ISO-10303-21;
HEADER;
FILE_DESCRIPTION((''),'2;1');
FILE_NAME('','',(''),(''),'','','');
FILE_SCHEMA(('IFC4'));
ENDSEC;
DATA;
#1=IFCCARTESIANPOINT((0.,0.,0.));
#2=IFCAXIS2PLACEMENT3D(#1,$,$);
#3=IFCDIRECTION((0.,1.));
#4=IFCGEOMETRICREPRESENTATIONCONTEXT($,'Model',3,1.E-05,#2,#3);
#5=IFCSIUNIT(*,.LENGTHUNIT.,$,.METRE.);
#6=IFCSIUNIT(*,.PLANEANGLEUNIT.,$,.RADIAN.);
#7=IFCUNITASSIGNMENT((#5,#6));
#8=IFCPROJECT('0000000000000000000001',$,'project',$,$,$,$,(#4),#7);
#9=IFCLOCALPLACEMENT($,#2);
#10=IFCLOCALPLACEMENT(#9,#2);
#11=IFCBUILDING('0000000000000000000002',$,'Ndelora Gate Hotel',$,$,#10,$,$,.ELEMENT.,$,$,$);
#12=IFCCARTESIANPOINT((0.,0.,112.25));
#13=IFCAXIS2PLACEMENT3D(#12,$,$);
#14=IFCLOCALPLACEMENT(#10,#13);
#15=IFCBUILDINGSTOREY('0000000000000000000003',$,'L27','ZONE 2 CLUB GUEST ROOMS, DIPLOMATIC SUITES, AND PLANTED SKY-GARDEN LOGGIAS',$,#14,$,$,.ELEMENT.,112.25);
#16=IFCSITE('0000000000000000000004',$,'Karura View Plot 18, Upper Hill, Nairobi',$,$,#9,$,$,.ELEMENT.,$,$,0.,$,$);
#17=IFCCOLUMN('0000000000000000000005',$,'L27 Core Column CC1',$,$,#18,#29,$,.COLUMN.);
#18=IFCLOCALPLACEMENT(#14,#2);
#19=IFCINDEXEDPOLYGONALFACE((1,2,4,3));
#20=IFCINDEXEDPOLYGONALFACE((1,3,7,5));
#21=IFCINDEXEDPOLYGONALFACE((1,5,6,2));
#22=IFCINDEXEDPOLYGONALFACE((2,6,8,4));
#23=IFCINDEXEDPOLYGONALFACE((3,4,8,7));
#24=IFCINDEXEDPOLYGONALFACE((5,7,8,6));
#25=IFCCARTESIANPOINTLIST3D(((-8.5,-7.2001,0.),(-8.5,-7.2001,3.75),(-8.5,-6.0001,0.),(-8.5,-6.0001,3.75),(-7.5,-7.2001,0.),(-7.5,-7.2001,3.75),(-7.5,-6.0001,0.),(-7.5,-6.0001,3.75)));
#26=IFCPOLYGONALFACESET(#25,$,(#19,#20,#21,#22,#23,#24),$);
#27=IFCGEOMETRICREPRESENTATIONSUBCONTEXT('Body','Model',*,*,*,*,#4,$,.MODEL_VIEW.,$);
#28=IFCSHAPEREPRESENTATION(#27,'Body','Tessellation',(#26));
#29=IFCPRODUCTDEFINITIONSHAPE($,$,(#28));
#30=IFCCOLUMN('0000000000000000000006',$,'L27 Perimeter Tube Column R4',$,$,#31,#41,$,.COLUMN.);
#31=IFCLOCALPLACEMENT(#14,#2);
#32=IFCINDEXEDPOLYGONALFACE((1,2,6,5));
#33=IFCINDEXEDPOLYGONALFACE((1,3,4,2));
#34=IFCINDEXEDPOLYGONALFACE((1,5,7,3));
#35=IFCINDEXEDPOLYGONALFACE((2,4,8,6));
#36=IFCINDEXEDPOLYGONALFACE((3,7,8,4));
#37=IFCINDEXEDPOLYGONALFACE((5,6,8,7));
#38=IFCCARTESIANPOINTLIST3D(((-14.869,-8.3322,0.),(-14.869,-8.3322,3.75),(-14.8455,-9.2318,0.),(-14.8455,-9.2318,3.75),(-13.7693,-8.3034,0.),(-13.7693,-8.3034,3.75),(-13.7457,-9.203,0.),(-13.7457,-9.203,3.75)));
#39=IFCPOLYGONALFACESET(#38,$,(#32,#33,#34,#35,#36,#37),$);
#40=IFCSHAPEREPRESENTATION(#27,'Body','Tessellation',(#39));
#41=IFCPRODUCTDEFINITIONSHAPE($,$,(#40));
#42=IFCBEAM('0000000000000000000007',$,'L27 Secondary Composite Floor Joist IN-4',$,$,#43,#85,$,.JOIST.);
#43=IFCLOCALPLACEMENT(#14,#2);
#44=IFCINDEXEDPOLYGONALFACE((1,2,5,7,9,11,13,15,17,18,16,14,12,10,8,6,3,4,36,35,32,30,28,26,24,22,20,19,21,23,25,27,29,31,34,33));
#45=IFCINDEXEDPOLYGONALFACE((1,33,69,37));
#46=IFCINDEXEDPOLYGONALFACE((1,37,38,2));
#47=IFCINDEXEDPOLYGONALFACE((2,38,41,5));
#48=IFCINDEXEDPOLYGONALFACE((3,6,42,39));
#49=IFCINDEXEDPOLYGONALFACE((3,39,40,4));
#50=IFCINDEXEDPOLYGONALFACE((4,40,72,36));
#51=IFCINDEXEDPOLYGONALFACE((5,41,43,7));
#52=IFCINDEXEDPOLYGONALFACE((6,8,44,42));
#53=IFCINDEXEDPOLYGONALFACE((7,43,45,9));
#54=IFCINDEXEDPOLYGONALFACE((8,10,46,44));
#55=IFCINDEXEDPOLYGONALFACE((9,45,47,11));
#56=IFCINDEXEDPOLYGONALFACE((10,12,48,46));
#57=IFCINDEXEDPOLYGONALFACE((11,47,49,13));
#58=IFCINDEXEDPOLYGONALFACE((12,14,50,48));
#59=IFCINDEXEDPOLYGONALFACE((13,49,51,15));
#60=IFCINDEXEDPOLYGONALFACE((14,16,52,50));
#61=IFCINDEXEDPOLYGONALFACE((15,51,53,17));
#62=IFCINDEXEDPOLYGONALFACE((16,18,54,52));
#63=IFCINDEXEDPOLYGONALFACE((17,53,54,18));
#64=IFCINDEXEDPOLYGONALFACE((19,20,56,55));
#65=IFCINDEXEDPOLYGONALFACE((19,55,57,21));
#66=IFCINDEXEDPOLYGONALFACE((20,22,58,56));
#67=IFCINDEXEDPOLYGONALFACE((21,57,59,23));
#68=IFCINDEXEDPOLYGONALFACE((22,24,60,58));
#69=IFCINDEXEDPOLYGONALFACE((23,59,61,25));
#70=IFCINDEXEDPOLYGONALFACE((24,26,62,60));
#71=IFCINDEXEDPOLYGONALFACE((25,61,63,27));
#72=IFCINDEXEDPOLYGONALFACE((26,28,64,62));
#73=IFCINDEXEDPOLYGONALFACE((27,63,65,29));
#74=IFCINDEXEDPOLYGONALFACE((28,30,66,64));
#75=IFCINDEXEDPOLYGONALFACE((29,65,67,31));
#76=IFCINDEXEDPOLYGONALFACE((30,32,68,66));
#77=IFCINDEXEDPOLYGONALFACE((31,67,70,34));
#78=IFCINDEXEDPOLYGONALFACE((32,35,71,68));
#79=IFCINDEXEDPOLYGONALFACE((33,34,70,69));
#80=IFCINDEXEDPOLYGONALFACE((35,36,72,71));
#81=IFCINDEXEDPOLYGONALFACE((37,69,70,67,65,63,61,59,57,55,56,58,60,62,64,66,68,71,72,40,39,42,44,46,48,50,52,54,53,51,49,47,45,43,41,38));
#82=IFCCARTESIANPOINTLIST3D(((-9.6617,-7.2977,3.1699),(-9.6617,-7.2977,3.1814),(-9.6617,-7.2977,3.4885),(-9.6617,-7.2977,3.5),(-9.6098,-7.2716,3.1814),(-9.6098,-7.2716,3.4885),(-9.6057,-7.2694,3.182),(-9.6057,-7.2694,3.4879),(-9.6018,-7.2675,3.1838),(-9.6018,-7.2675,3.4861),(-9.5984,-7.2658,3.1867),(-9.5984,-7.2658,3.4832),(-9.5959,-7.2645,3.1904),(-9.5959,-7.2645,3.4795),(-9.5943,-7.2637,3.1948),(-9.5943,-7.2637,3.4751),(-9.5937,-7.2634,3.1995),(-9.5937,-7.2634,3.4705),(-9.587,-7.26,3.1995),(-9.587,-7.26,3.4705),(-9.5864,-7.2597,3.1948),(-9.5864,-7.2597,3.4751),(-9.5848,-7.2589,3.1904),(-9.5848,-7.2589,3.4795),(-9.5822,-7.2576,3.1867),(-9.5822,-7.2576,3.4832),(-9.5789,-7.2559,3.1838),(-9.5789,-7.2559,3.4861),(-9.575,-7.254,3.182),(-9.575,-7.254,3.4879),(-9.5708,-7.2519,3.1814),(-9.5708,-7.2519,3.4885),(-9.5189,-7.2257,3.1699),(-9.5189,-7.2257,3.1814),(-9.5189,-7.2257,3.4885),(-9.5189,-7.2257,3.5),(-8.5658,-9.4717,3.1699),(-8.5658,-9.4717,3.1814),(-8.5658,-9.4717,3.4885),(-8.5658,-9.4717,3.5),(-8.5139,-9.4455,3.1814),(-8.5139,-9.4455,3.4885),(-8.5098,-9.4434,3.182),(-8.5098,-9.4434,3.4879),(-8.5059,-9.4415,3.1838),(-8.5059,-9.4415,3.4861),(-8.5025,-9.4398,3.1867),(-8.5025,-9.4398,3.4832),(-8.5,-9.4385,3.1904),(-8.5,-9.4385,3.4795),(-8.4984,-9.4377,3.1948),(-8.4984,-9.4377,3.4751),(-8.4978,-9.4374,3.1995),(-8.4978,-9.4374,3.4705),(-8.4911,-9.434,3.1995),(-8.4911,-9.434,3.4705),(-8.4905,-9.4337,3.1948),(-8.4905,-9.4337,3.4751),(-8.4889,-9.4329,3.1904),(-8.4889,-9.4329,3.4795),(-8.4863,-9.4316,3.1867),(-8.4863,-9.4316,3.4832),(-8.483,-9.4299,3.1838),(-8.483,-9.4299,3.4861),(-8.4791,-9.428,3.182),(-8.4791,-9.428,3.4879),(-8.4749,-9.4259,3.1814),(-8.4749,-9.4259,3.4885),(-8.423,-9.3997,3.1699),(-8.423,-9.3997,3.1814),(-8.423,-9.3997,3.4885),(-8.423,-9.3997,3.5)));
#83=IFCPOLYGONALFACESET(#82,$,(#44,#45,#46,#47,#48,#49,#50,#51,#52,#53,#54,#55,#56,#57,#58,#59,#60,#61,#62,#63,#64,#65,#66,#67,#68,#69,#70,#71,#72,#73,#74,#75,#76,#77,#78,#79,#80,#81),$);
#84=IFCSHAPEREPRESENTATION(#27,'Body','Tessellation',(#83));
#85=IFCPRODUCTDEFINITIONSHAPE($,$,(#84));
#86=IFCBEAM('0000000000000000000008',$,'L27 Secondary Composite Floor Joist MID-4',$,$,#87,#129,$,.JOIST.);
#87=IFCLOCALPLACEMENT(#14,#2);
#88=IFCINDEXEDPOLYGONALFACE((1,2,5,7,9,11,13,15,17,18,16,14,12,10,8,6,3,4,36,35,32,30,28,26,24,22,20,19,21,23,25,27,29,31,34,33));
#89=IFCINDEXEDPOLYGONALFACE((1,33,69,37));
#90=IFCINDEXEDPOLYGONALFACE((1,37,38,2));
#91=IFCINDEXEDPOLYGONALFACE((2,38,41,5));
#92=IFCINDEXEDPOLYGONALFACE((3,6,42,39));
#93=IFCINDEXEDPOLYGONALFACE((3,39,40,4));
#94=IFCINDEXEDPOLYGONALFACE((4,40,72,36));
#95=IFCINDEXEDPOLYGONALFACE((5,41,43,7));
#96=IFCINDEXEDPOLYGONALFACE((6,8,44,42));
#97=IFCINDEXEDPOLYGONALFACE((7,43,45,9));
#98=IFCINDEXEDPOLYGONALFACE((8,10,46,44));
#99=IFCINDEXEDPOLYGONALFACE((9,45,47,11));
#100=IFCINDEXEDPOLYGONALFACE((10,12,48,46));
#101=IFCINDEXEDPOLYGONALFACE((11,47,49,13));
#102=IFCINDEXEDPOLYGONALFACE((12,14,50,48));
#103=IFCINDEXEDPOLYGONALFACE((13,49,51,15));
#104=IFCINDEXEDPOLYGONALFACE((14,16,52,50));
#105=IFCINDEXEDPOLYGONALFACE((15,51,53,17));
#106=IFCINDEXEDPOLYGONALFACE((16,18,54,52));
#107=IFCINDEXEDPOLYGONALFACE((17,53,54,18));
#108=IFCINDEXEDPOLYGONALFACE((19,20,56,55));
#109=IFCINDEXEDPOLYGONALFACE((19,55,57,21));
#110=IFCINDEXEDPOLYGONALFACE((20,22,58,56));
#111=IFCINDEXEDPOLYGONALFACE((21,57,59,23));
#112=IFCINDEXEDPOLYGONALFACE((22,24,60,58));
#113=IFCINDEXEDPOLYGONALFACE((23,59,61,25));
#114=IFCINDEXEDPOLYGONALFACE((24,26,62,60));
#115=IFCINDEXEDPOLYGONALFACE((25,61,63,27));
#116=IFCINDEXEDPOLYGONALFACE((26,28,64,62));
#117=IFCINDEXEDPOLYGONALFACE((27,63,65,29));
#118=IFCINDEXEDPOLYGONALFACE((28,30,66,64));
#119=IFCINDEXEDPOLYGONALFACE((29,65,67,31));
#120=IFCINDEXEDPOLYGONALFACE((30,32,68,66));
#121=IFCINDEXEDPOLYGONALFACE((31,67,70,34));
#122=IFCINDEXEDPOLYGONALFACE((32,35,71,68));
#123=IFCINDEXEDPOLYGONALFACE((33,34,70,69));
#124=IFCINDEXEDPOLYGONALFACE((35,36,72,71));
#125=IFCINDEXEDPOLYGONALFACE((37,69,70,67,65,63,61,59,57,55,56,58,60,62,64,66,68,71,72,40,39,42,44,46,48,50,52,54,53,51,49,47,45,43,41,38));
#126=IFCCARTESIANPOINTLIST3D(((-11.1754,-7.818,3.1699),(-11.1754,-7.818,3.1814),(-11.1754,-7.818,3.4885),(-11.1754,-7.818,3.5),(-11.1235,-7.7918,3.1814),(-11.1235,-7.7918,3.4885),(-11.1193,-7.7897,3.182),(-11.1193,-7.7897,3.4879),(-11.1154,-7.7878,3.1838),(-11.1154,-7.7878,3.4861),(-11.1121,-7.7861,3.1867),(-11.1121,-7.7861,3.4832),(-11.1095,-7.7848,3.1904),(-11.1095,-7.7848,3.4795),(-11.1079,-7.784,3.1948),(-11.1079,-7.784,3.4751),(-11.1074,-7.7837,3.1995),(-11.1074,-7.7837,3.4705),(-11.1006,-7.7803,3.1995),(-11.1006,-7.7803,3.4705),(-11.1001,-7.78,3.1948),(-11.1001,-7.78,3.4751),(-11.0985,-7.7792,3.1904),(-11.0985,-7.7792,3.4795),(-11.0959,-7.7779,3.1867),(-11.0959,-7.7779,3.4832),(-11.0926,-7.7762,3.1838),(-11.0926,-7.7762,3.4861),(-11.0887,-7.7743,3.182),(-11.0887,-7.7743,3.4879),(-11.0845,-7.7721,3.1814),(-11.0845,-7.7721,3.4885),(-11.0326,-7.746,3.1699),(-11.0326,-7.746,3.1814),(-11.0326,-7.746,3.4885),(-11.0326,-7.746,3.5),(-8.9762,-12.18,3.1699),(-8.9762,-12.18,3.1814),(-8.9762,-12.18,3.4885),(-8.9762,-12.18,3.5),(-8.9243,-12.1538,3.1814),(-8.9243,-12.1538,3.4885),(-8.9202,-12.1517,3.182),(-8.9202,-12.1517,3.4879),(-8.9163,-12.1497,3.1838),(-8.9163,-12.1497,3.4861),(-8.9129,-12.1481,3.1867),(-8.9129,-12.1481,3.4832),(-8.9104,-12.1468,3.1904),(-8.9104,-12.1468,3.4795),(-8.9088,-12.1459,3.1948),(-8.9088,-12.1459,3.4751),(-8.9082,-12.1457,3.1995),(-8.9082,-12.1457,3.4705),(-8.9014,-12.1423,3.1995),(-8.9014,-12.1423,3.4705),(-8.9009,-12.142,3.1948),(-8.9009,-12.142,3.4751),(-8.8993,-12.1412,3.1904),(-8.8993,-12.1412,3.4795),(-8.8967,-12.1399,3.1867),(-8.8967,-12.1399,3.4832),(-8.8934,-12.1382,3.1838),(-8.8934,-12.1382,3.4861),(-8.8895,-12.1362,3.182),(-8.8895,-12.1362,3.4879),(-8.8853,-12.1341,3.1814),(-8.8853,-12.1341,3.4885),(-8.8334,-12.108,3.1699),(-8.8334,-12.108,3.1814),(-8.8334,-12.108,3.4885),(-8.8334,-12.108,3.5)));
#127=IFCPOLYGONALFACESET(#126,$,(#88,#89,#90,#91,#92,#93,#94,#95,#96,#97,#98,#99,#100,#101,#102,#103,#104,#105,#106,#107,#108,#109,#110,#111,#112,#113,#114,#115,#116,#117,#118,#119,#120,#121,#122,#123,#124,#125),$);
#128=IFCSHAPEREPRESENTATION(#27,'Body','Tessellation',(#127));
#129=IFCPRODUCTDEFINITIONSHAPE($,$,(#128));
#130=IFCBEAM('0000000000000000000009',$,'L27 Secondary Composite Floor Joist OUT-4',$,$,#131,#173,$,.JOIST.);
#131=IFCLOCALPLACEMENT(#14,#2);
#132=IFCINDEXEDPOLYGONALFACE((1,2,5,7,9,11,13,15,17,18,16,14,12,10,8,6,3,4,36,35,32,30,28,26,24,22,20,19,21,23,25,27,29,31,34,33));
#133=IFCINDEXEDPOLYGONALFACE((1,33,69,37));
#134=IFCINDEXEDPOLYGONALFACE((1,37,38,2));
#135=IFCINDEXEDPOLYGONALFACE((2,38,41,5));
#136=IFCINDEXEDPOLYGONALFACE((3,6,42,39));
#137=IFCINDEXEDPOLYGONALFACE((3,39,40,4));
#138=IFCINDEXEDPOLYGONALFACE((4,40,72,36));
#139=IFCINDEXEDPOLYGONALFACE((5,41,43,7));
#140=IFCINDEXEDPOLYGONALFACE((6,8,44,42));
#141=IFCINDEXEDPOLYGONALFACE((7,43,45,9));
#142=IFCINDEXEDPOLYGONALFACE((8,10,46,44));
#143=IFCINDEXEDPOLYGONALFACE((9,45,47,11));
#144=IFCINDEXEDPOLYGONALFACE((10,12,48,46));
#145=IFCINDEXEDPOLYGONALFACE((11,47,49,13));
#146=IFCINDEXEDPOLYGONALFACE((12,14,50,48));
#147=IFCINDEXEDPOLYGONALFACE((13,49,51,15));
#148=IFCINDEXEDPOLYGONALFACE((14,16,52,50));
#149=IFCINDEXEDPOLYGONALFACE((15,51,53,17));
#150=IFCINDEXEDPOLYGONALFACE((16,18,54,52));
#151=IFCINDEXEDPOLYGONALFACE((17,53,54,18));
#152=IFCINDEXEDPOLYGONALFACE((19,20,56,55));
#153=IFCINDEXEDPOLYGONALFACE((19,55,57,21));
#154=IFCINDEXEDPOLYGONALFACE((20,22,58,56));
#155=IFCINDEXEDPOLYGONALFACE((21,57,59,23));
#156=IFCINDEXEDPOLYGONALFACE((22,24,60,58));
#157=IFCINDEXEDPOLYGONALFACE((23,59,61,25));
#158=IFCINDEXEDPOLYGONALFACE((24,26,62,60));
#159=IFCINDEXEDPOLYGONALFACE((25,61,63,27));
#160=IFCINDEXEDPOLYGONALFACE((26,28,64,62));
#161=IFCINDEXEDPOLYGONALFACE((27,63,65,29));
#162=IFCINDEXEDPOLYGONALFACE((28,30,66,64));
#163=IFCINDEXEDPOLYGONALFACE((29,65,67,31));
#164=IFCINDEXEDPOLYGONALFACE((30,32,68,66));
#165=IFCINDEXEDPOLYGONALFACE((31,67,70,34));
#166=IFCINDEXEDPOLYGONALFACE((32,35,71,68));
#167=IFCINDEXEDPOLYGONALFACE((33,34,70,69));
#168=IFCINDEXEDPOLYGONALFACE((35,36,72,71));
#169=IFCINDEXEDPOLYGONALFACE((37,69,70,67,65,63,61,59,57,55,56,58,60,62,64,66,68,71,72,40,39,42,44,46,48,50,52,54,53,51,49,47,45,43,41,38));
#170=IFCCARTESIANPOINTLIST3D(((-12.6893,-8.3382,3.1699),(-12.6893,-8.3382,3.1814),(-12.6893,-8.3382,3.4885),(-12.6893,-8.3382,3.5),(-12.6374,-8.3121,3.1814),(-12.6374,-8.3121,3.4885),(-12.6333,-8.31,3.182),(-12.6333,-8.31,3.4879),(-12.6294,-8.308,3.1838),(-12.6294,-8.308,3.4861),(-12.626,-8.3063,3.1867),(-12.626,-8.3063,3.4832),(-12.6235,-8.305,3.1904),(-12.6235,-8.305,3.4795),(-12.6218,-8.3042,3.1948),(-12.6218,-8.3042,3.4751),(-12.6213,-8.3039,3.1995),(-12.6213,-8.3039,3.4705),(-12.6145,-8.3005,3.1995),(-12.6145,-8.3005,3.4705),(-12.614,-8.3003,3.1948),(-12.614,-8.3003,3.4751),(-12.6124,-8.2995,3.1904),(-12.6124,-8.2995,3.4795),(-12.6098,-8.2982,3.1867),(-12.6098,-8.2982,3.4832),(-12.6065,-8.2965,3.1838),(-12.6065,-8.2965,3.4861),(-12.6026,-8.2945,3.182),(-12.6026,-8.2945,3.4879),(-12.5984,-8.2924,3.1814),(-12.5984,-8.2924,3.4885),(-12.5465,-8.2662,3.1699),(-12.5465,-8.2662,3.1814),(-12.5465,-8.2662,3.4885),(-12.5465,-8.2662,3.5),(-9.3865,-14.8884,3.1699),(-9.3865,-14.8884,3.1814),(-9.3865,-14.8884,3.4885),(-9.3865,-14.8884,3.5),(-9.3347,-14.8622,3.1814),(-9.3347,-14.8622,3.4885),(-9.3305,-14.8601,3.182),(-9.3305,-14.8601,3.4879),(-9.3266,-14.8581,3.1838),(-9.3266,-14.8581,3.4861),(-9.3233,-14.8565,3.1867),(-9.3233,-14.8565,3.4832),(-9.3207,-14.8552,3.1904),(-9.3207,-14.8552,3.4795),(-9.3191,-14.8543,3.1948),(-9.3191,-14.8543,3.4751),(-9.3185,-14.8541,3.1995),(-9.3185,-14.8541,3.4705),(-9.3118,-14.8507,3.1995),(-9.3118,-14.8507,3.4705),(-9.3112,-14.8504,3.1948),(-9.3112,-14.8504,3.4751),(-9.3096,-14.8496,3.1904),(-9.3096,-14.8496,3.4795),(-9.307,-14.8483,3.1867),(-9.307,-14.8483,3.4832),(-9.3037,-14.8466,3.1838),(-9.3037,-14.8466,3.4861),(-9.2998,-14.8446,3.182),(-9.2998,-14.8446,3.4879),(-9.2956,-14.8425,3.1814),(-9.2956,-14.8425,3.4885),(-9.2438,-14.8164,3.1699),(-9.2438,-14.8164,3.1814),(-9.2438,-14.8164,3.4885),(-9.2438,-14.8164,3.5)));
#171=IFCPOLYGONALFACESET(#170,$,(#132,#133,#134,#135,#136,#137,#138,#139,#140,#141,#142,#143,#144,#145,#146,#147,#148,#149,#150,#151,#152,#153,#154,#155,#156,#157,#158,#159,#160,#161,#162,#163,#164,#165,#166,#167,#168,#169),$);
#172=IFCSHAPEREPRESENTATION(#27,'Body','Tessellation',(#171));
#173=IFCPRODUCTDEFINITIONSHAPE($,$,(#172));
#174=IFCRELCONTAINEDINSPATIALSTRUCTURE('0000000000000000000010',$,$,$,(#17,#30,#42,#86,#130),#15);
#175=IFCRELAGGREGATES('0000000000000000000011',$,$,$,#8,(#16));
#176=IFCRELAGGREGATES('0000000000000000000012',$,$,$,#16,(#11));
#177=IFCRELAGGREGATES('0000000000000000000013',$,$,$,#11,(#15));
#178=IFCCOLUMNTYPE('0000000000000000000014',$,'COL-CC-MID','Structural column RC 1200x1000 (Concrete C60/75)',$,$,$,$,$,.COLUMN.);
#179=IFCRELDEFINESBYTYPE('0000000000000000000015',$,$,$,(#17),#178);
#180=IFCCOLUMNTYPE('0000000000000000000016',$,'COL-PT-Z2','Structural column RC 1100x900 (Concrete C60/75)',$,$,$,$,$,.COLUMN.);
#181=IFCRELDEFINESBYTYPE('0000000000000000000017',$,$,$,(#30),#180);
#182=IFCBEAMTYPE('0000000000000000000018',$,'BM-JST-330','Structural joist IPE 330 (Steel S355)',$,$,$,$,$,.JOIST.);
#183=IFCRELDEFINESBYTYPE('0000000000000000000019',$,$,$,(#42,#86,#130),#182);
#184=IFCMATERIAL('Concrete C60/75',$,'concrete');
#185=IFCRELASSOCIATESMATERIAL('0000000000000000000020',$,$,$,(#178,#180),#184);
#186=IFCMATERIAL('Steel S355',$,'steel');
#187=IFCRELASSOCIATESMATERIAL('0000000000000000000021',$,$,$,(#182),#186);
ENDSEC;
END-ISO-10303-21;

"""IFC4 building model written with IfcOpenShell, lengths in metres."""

from ifc_helpers import new_model, si_unit, direction, frame, origin, origin_2d, place, context, subcontext, project, spatial, rectangle, i_section, extrude, material, material_profile, profile_set, type_object, element, save


model = new_model("IFC4")

# Units and contexts
model_context = context("Model", 3, precision=1e-05, world=origin(), true_north=direction((0.0, 1.0)))
body_context = subcontext(model_context, "Body", "Model", "MODEL_VIEW")
ifc_project = project(units=[si_unit("LENGTHUNIT", "METRE"), si_unit("PLANEANGLEUNIT", "RADIAN")], contexts=[model_context])

# Site, building, storey
site_placement = place(None, origin())
site = spatial("IfcSite", under=ifc_project, at=site_placement, Name="Karura View Plot 18, Upper Hill, Nairobi", CompositionType="ELEMENT", RefElevation=0.0)
building_placement = place(site_placement, origin())
building = spatial("IfcBuilding", under=site, at=building_placement, Name="Ndelora Gate Hotel", CompositionType="ELEMENT")
storey_placement = place(building_placement, frame((0.0, 0.0, 112.25)))
storey = spatial("IfcBuildingStorey", under=building, at=storey_placement, Name="L27", Description="ZONE 2 CLUB GUEST ROOMS, DIPLOMATIC SUITES, AND PLANTED SKY-GARDEN LOGGIAS", CompositionType="ELEMENT", Elevation=112.25)

# Columns
ifc_material_1 = material(Name="Concrete C60/75", Category="concrete")
ifc_material_profile_1 = material_profile(ifc_material_1, rectangle(XDim=1.0, YDim=1.2, at=origin_2d()), Name="RC 1200x1000")
ifc_profile_set_1 = profile_set([ifc_material_profile_1], Name="Concrete C60/75")
column_type_1 = type_object("IfcColumnType", Name="COL-CC-MID", Description="Structural column RC 1200x1000 (Concrete C60/75)", PredefinedType="COLUMN", material=ifc_profile_set_1)
column_1_placement = place(storey_placement, frame((-8.0, -6.6001, 0.0), z_axis=(0.0, 0.0, 1.0), x_axis=(1.0, 0.0, 0.0)))
element("IfcColumn", 1, at=column_1_placement, inside=storey, type_object=column_type_1, Name="L27 Core Column CC1", PredefinedType="COLUMN", context=body_context, shape_type="SweptSolid", body=[
    extrude(rectangle(XDim=1.0, YDim=1.2, at=origin_2d()), origin(), (0.0, 0.0, 1.0), 3.75),
])
ifc_material_profile_2 = material_profile(ifc_material_1, rectangle(XDim=0.8999, YDim=1.1001, at=origin_2d()), Name="RC 1100x900")
ifc_profile_set_2 = profile_set([ifc_material_profile_2], Name="Concrete C60/75")
column_type_2 = type_object("IfcColumnType", Name="COL-PT-Z2", Description="Structural column RC 1100x900 (Concrete C60/75)", PredefinedType="COLUMN", material=ifc_profile_set_2)
column_2_placement = place(storey_placement, frame((-14.3074, -8.7676, 0.0), z_axis=(0.0, 0.0, 1.0), x_axis=(-0.026177, 0.999657, 0.0)))
element("IfcColumn", 2, at=column_2_placement, inside=storey, type_object=column_type_2, Name="L27 Perimeter Tube Column R4", PredefinedType="COLUMN", context=body_context, shape_type="SweptSolid", body=[
    extrude(rectangle(XDim=0.8999, YDim=1.1001, at=origin_2d()), origin(), (0.0, 0.0, 1.0), 3.75),
])

# Beams
ifc_material_2 = material(Name="Steel S355", Category="steel")
ifc_material_profile_3 = material_profile(ifc_material_2, i_section(OverallWidth=0.1599, OverallDepth=0.3301, WebThickness=0.0076, FlangeThickness=0.0115, FilletRadius=0.0181, at=origin_2d()), Name="IPE 330")
ifc_profile_set_3 = profile_set([ifc_material_profile_3], Name="Steel S355")
beam_type_1 = type_object("IfcBeamType", Name="BM-JST-330", Description="Structural joist IPE 330 (Steel S355)", PredefinedType="JOIST", material=ifc_profile_set_3)
beam_1_placement = place(storey_placement, frame((-9.5903, -7.2617, 3.335), z_axis=(0.450139, -0.892958, 0.0), x_axis=(0.892958, 0.450139, 0.0)))
element("IfcBeam", 3, at=beam_1_placement, inside=storey, type_object=beam_type_1, Name="L27 Secondary Composite Floor Joist IN-4", PredefinedType="JOIST", context=body_context, shape_type="SweptSolid", body=[
    extrude(i_section(OverallWidth=0.1599, OverallDepth=0.3301, WebThickness=0.0076, FlangeThickness=0.0115, FilletRadius=0.0181, at=origin_2d()), origin(), (0.0, 0.0, 1.0), 2.4346),
])
beam_2_placement = place(storey_placement, frame((-11.104, -7.782, 3.335), z_axis=(0.45019, -0.892933, 0.0), x_axis=(0.892933, 0.45019, 0.0)))
element("IfcBeam", 4, at=beam_2_placement, inside=storey, type_object=beam_type_1, Name="L27 Secondary Composite Floor Joist MID-4", PredefinedType="JOIST", context=body_context, shape_type="SweptSolid", body=[
    extrude(i_section(OverallWidth=0.1599, OverallDepth=0.3301, WebThickness=0.0076, FlangeThickness=0.0115, FilletRadius=0.0181, at=origin_2d()), origin(), (0.0, 0.0, 1.0), 4.885),
])
beam_3_placement = place(storey_placement, frame((-12.6179, -8.3022, 3.335), z_axis=(0.450233, -0.892911, 0.0), x_axis=(0.892911, 0.450233, 0.0)))
element("IfcBeam", 5, at=beam_3_placement, inside=storey, type_object=beam_type_1, Name="L27 Secondary Composite Floor Joist OUT-4", PredefinedType="JOIST", context=body_context, shape_type="SweptSolid", body=[
    extrude(i_section(OverallWidth=0.1599, OverallDepth=0.3301, WebThickness=0.0076, FlangeThickness=0.0115, FilletRadius=0.0181, at=origin_2d()), origin(), (0.0, 0.0, 1.0), 7.3357),
])

save(model, "model.ifc")
